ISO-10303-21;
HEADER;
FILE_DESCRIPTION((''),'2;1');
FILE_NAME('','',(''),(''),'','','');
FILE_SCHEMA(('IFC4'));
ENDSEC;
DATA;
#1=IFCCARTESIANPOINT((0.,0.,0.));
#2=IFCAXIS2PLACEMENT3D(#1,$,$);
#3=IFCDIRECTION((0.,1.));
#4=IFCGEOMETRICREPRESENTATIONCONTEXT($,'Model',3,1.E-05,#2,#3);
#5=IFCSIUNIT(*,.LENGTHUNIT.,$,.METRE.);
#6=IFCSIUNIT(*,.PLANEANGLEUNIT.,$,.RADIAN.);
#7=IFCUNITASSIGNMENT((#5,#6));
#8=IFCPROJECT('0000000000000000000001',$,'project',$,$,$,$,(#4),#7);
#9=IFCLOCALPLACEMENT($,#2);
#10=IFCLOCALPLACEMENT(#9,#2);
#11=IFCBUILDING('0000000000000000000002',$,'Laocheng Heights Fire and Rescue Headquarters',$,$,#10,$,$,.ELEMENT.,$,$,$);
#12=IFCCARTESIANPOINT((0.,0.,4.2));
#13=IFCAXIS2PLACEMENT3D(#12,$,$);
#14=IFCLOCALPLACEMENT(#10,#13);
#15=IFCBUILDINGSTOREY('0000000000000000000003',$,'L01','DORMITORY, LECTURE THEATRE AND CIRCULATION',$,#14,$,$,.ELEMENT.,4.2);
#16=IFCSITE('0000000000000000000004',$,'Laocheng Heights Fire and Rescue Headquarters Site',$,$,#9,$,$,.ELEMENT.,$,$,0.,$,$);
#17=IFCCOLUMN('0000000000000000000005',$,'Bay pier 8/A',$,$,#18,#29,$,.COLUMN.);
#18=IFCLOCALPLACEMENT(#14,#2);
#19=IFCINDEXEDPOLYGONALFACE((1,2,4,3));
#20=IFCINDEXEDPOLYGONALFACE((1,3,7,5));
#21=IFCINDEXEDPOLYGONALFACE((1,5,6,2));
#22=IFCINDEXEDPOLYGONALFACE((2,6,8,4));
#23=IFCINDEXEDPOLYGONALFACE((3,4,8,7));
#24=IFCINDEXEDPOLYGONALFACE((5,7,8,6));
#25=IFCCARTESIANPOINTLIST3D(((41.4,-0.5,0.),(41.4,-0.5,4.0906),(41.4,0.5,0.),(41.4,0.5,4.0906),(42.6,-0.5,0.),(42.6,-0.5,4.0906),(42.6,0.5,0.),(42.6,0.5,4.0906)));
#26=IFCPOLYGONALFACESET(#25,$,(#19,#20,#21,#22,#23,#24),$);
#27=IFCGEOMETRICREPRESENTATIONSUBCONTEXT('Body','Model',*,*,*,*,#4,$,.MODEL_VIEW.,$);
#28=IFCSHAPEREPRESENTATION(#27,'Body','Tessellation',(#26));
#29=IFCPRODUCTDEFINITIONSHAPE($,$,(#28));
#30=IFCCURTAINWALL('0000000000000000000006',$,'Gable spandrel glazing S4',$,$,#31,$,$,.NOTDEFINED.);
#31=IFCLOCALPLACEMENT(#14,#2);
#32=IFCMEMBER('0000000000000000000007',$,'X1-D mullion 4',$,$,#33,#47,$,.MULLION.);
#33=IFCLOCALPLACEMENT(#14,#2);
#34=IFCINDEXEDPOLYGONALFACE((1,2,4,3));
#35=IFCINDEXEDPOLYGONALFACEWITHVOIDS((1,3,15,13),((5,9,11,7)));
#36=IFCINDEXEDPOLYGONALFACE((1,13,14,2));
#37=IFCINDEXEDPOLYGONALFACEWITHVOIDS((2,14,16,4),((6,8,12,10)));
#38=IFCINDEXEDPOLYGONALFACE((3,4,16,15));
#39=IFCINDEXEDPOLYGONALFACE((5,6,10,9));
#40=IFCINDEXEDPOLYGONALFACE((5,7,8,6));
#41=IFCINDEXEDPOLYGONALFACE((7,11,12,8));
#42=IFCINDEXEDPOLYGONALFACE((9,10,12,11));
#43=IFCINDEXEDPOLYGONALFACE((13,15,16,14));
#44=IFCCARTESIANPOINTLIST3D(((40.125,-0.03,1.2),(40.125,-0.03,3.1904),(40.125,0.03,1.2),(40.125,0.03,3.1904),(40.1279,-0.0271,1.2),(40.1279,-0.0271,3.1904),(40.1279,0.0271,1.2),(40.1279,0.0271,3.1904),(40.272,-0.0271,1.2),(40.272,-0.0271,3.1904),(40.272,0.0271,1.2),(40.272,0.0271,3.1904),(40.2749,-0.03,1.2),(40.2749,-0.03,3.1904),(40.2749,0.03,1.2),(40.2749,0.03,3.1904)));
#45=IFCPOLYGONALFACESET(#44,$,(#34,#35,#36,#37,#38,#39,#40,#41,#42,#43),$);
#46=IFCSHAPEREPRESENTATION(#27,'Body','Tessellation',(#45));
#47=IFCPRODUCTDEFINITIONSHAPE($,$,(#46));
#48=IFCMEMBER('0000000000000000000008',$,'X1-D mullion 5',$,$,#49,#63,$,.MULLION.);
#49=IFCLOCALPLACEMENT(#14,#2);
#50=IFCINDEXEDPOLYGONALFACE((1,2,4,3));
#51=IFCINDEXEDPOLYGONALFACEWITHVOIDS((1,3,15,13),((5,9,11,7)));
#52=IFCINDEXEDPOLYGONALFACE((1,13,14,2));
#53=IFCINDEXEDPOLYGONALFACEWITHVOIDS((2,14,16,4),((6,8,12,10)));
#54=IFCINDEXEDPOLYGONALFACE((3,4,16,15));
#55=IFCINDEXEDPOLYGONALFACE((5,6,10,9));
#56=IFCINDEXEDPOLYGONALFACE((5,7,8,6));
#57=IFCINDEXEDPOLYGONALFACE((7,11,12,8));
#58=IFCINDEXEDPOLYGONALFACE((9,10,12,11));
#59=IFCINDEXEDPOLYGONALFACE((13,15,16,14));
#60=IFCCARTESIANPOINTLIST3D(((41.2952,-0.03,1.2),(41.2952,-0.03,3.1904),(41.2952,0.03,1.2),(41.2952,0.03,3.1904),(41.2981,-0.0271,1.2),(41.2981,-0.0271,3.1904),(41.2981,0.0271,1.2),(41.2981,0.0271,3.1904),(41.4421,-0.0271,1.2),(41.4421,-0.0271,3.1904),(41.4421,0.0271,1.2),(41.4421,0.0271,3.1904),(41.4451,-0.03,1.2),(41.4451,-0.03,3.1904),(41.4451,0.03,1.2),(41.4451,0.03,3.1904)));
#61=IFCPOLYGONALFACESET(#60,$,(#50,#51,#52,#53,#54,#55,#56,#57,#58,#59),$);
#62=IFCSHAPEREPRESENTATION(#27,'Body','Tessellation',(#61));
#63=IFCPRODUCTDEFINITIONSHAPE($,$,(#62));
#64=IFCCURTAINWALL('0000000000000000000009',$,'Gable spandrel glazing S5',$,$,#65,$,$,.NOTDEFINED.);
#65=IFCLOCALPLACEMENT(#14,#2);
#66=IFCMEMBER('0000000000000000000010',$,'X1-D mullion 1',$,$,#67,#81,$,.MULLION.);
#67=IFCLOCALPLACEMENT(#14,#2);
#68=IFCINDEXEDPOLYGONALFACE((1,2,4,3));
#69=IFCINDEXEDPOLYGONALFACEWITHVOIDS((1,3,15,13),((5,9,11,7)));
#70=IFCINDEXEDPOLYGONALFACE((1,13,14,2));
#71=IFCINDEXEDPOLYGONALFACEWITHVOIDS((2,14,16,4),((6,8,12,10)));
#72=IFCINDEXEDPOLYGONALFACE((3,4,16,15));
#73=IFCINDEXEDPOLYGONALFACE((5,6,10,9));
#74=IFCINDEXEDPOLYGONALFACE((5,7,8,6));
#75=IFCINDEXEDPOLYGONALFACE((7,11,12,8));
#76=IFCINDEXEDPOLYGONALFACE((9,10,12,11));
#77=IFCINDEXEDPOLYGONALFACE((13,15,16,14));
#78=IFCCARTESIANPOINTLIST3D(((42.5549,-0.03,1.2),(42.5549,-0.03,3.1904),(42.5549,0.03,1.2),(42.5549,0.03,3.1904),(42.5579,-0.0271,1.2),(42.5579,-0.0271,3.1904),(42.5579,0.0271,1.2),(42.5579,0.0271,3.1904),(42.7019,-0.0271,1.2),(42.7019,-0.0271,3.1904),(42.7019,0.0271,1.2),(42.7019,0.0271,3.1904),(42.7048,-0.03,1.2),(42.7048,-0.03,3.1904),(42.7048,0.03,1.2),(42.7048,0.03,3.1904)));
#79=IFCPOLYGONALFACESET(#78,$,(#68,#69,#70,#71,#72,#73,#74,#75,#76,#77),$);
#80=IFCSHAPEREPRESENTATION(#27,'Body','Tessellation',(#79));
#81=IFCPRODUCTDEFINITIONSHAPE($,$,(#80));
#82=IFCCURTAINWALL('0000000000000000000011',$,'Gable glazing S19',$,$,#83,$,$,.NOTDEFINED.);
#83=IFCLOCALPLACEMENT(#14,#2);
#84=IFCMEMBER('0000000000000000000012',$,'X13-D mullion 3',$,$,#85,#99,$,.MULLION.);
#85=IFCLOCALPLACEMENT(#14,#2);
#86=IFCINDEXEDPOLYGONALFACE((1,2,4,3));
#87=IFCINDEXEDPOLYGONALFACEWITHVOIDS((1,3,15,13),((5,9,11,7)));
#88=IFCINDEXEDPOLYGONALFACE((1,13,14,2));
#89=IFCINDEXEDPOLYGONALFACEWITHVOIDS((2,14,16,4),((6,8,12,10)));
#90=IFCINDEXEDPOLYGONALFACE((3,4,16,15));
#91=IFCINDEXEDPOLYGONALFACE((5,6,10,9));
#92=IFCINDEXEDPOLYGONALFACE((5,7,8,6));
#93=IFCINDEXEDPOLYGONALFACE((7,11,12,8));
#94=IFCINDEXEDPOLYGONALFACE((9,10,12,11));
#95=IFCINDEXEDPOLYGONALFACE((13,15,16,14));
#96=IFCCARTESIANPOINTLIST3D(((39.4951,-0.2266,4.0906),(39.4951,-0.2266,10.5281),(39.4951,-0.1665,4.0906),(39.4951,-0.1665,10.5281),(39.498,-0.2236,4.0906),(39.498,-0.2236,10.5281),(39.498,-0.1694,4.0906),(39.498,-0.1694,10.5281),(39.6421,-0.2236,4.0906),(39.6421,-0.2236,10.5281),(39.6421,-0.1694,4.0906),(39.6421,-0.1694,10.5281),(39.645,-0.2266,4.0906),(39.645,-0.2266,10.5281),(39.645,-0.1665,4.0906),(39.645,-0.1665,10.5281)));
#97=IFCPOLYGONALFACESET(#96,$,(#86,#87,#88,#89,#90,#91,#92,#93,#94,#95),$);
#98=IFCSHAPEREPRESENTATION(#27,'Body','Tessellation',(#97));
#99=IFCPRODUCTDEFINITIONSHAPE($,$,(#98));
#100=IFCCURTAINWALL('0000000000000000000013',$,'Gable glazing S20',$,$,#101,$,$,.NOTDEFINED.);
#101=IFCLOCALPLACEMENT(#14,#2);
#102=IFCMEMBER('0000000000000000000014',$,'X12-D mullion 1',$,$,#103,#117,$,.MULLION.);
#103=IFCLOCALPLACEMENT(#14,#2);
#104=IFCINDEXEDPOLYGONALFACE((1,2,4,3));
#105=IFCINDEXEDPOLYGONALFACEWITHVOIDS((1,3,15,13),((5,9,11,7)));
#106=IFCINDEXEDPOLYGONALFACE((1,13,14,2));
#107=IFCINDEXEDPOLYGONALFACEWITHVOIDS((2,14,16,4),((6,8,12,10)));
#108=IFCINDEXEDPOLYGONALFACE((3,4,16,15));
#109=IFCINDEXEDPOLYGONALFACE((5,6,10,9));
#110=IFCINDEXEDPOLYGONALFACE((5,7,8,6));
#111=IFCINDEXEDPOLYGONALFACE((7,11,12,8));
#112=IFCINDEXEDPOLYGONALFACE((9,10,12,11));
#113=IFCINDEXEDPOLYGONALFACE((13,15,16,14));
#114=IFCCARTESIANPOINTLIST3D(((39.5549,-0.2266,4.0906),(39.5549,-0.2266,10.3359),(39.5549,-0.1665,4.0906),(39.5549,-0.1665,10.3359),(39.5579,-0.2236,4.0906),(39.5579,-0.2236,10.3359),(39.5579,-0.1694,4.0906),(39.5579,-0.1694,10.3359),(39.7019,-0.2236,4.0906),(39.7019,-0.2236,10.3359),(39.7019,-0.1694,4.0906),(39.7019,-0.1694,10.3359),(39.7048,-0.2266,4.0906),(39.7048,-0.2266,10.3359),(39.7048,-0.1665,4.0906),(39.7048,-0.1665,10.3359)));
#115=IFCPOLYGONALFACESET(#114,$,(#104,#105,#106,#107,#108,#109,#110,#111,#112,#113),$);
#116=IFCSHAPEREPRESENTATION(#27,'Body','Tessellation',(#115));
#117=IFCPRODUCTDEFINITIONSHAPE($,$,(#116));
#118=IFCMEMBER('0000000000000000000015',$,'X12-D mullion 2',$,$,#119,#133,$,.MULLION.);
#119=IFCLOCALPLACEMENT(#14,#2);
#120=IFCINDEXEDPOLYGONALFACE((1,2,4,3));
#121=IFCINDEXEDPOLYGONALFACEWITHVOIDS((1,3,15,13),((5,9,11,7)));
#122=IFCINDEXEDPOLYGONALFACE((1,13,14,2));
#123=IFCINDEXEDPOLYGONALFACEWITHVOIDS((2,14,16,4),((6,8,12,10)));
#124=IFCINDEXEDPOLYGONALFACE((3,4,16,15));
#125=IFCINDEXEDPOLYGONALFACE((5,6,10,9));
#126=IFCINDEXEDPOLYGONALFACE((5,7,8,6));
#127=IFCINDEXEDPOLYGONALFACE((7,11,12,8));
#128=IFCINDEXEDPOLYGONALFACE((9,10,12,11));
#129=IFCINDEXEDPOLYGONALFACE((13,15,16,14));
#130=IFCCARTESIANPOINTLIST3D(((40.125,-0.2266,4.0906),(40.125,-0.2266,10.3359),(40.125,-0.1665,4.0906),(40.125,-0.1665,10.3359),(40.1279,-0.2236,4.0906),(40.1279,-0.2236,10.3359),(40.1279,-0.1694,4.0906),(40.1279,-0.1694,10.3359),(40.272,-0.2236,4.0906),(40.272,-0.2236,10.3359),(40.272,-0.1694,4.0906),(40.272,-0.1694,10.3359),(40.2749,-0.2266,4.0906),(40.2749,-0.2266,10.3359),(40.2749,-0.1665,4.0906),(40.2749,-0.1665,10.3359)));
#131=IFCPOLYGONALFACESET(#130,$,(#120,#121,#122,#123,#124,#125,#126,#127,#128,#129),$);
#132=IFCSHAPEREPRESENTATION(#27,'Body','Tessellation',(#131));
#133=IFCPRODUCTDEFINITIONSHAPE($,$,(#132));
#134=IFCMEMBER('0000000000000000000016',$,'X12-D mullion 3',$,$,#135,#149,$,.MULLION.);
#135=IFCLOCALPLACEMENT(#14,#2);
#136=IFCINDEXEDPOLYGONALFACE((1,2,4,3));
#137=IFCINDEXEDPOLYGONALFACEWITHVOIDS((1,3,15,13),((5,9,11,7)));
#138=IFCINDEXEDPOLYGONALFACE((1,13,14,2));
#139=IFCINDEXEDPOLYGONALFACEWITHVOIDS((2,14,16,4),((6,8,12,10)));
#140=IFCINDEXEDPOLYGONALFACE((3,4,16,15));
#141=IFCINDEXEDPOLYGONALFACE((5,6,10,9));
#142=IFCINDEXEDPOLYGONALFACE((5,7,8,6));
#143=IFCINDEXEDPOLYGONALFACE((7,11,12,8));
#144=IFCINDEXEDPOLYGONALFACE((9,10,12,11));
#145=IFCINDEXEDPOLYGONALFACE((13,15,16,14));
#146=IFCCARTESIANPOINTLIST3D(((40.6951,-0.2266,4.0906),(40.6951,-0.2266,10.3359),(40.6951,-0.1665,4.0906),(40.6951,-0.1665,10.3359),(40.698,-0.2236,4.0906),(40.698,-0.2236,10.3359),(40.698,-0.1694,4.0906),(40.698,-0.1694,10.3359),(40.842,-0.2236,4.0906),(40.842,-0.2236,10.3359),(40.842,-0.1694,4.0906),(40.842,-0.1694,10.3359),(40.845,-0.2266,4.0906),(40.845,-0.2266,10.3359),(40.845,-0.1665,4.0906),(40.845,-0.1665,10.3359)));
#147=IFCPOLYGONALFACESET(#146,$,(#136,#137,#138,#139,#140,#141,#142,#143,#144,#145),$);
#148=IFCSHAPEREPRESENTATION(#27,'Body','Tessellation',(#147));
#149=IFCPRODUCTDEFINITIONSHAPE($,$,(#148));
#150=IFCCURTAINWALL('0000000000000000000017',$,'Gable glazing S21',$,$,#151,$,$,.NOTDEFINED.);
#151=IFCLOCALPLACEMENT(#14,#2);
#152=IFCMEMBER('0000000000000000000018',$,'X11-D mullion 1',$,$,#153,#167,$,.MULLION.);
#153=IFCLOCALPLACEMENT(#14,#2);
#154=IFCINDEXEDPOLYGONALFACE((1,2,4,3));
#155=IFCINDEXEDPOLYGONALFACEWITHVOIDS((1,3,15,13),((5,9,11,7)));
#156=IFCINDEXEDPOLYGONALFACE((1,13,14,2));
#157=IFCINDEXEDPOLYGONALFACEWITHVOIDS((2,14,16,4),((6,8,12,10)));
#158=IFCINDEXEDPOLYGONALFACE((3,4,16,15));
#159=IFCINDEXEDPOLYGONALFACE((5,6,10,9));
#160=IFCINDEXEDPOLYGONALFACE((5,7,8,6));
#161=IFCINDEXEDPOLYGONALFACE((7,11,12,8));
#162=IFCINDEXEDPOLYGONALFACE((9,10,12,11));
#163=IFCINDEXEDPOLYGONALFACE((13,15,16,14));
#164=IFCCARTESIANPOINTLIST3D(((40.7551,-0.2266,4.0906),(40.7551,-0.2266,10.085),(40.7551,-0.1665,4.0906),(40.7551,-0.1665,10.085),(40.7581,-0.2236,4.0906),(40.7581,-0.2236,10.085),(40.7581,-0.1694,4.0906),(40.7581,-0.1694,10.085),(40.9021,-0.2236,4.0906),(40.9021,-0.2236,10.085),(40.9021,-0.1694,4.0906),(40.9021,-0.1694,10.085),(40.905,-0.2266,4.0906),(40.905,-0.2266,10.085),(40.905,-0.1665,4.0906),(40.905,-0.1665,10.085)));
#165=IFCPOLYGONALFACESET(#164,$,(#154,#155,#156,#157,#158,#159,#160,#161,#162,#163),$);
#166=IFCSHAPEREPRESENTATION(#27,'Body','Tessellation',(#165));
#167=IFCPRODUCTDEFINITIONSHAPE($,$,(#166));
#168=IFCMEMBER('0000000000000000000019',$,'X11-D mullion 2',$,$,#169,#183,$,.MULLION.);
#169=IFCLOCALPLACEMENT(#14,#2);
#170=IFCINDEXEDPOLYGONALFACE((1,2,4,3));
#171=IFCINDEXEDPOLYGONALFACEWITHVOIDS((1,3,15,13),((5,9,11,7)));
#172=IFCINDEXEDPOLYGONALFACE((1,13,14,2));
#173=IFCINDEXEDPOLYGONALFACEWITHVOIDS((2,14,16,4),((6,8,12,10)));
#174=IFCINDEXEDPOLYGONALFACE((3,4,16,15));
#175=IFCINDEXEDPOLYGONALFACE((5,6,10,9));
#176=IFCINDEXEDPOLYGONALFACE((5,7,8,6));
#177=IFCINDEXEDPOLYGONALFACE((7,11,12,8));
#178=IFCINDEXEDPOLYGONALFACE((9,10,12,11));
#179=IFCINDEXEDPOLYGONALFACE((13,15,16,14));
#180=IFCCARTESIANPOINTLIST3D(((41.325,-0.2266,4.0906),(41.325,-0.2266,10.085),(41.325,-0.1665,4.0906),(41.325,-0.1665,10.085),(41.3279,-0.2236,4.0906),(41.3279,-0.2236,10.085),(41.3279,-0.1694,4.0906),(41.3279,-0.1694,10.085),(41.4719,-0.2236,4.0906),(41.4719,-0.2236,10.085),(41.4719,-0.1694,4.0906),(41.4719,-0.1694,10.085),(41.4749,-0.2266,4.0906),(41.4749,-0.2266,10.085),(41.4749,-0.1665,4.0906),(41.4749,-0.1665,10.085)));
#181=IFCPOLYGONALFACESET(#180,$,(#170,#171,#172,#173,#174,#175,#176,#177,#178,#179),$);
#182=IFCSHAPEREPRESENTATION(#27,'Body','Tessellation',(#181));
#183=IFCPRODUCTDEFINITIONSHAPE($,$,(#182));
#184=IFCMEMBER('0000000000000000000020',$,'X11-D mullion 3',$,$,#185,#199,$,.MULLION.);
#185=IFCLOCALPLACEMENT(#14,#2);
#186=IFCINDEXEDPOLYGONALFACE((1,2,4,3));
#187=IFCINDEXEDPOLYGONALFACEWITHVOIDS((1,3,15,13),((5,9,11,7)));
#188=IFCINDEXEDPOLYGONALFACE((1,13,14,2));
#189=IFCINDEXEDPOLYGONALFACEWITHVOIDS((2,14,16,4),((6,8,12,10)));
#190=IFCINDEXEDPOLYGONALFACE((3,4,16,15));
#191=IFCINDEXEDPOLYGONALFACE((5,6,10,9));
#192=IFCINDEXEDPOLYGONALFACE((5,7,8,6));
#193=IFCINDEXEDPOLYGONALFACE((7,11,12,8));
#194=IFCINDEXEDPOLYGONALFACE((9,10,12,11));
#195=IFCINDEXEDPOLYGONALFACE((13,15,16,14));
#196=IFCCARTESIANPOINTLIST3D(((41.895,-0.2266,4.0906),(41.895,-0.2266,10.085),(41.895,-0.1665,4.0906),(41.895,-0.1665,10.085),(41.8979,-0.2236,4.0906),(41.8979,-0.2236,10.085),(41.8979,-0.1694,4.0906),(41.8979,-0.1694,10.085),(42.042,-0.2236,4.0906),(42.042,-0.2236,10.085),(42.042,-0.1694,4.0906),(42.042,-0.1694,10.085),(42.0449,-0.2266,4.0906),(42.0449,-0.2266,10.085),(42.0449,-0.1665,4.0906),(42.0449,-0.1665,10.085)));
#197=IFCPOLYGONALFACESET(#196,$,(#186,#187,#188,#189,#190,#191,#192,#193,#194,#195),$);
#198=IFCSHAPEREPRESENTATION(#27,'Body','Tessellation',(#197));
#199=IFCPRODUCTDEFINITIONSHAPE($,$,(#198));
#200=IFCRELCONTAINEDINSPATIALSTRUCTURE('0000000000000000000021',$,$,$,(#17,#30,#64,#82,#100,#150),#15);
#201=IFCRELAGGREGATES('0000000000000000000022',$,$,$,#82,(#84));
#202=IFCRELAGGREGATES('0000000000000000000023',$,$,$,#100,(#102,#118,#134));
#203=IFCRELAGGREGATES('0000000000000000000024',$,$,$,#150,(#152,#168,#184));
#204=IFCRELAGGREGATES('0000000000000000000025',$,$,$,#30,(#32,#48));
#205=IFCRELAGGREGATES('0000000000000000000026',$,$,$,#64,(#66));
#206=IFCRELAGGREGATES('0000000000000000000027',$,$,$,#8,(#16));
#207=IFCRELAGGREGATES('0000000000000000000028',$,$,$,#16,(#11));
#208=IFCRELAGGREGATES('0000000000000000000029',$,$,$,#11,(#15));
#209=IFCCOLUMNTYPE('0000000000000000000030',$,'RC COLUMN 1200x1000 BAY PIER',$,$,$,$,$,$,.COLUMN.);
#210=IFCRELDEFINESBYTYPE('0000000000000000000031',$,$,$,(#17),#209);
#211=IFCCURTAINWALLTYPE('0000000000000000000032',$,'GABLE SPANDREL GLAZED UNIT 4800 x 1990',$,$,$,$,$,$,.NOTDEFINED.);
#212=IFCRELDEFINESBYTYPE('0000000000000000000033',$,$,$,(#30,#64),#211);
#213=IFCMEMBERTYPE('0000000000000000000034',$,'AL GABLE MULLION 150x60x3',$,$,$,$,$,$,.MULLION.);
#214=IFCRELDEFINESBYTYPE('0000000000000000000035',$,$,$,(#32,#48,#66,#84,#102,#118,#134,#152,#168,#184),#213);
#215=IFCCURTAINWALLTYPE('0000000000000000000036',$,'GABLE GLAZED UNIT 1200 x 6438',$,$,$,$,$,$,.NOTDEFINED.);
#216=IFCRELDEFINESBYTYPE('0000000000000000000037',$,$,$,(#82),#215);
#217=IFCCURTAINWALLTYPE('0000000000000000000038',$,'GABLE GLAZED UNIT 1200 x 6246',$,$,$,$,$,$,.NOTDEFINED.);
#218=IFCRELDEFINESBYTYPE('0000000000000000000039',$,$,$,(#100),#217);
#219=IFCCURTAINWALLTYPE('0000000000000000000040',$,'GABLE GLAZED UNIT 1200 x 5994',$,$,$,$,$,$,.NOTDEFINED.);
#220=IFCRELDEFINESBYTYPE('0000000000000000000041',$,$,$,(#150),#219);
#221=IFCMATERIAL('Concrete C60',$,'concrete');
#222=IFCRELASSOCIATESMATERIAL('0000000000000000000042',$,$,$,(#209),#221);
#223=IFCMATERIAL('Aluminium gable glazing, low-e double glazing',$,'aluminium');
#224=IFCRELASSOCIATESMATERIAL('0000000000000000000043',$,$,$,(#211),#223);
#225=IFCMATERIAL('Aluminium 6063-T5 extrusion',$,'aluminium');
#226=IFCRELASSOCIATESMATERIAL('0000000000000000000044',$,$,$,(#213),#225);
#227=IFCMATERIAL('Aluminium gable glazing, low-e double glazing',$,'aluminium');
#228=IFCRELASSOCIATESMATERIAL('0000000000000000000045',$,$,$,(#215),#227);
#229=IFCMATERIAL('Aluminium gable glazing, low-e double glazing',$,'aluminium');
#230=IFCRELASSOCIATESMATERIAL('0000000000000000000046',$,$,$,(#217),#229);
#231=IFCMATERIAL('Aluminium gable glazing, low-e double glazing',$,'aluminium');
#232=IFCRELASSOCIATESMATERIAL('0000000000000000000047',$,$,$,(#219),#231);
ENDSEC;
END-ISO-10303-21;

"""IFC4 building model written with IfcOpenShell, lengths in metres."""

from ifc_helpers import new_model, si_unit, direction, frame, origin, origin_2d, place, context, subcontext, project, spatial, rectangle, hollow_rectangle, extrude, material, material_profile, profile_set, type_object, element, aggregate, save


model = new_model("IFC4")

# Units and contexts
model_context = context("Model", 3, precision=1e-05, world=origin(), true_north=direction((0.0, 1.0)))
body_context = subcontext(model_context, "Body", "Model", "MODEL_VIEW")
ifc_project = project(units=[si_unit("LENGTHUNIT", "METRE"), si_unit("PLANEANGLEUNIT", "RADIAN")], contexts=[model_context])

# Site, building, storey
site_placement = place(None, origin())
site = spatial("IfcSite", under=ifc_project, at=site_placement, Name="Laocheng Heights Fire and Rescue Headquarters Site", CompositionType="ELEMENT", RefElevation=0.0)
building_placement = place(site_placement, origin())
building = spatial("IfcBuilding", under=site, at=building_placement, Name="Laocheng Heights Fire and Rescue Headquarters", CompositionType="ELEMENT")
storey_placement = place(building_placement, frame((0.0, 0.0, 4.2)))
storey = spatial("IfcBuildingStorey", under=building, at=storey_placement, Name="L01", Description="DORMITORY, LECTURE THEATRE AND CIRCULATION", CompositionType="ELEMENT", Elevation=4.2)

# Column
ifc_material_1 = material(Name="Concrete C60", Category="concrete")
ifc_material_profile_1 = material_profile(ifc_material_1, rectangle(XDim=1.2, YDim=1.0, at=origin_2d()), Name="RC COLUMN 1200x1000 BAY PIER")
ifc_profile_set_1 = profile_set([ifc_material_profile_1], Name="Concrete C60")
column_type = type_object("IfcColumnType", Name="RC COLUMN 1200x1000 BAY PIER", PredefinedType="COLUMN", material=ifc_profile_set_1)
column_placement = place(storey_placement, frame((42.0, 0.0, 0.0), z_axis=(0.0, 0.0, 1.0), x_axis=(1.0, 0.0, 0.0)))
element("IfcColumn", 1, at=column_placement, inside=storey, type_object=column_type, Name="Bay pier 8/A", PredefinedType="COLUMN", context=body_context, shape_type="SweptSolid", body=[
    extrude(rectangle(XDim=1.2, YDim=1.0, at=origin_2d()), origin(), (0.0, 0.0, 1.0), 4.0906),
])

# Curtain wall, members
ifc_material_2 = material(Name="Aluminium gable glazing, low-e double glazing", Category="aluminium")
curtain_wall_type_1 = type_object("IfcCurtainWallType", Name="GABLE SPANDREL GLAZED UNIT 4800 x 1990", PredefinedType="NOTDEFINED", material=ifc_material_2)
curtain_wall_1_placement = place(storey_placement, origin())
curtain_wall_1 = element("IfcCurtainWall", 2, at=curtain_wall_1_placement, inside=storey, type_object=curtain_wall_type_1, Name="Gable spandrel glazing S4", PredefinedType="NOTDEFINED")
ifc_material_3 = material(Name="Aluminium 6063-T5 extrusion", Category="aluminium")
ifc_material_profile_2 = material_profile(ifc_material_3, hollow_rectangle(XDim=0.0601, YDim=0.1499, WallThickness=0.0029, at=origin_2d()), Name="AL MULLION 150x60x3")
ifc_profile_set_2 = profile_set([ifc_material_profile_2], Name="Aluminium 6063-T5 extrusion")
member_type_1 = type_object("IfcMemberType", Name="AL GABLE MULLION 150x60x3", PredefinedType="MULLION", material=ifc_profile_set_2)
member_1_placement = place(storey_placement, frame((40.2, 0.0, 1.2), z_axis=(0.0, 0.0, 1.0), x_axis=(0.0, 1.0, 0.0)))
member_1 = element("IfcMember", 3, at=member_1_placement, type_object=member_type_1, Name="X1-D mullion 4", PredefinedType="MULLION", context=body_context, shape_type="SweptSolid", body=[
    extrude(hollow_rectangle(XDim=0.0601, YDim=0.1499, WallThickness=0.0029, at=origin_2d()), origin(), (0.0, 0.0, 1.0), 1.9905),
])
member_2_placement = place(storey_placement, frame((41.3701, 0.0, 1.2), z_axis=(0.0, 0.0, 1.0), x_axis=(0.0, 1.0, 0.0)))
member_2 = element("IfcMember", 4, at=member_2_placement, type_object=member_type_1, Name="X1-D mullion 5", PredefinedType="MULLION", context=body_context, shape_type="SweptSolid", body=[
    extrude(hollow_rectangle(XDim=0.0601, YDim=0.1499, WallThickness=0.0029, at=origin_2d()), origin(), (0.0, 0.0, 1.0), 1.9905),
])

# Curtain walls, members
curtain_wall_2_placement = place(storey_placement, origin())
curtain_wall_2 = element("IfcCurtainWall", 5, at=curtain_wall_2_placement, inside=storey, type_object=curtain_wall_type_1, Name="Gable spandrel glazing S5", PredefinedType="NOTDEFINED")
member_3_placement = place(storey_placement, frame((42.6299, 0.0, 1.2), z_axis=(0.0, 0.0, 1.0), x_axis=(0.0, 1.0, 0.0)))
member_3 = element("IfcMember", 6, at=member_3_placement, type_object=member_type_1, Name="X1-D mullion 1", PredefinedType="MULLION", context=body_context, shape_type="SweptSolid", body=[
    extrude(hollow_rectangle(XDim=0.0601, YDim=0.1499, WallThickness=0.0029, at=origin_2d()), origin(), (0.0, 0.0, 1.0), 1.9905),
])
ifc_material_4 = material(Name="Aluminium gable glazing, low-e double glazing", Category="aluminium")
curtain_wall_type_2 = type_object("IfcCurtainWallType", Name="GABLE GLAZED UNIT 1200 x 6438", PredefinedType="NOTDEFINED", material=ifc_material_4)
curtain_wall_3_placement = place(storey_placement, origin())
curtain_wall_3 = element("IfcCurtainWall", 7, at=curtain_wall_3_placement, inside=storey, type_object=curtain_wall_type_2, Name="Gable glazing S19", PredefinedType="NOTDEFINED")
member_4_placement = place(storey_placement, frame((39.5701, -0.1965, 4.0906), z_axis=(0.0, 0.0, 1.0), x_axis=(0.0, 1.0, 0.0)))
member_4 = element("IfcMember", 8, at=member_4_placement, type_object=member_type_1, Name="X13-D mullion 3", PredefinedType="MULLION", context=body_context, shape_type="SweptSolid", body=[
    extrude(hollow_rectangle(XDim=0.0601, YDim=0.1499, WallThickness=0.0029, at=origin_2d()), origin(), (0.0, 0.0, 1.0), 6.4375),
])
aggregate(curtain_wall_3, [member_4])

# Curtain walls, members
ifc_material_5 = material(Name="Aluminium gable glazing, low-e double glazing", Category="aluminium")
curtain_wall_type_3 = type_object("IfcCurtainWallType", Name="GABLE GLAZED UNIT 1200 x 6246", PredefinedType="NOTDEFINED", material=ifc_material_5)
curtain_wall_4_placement = place(storey_placement, origin())
curtain_wall_4 = element("IfcCurtainWall", 9, at=curtain_wall_4_placement, inside=storey, type_object=curtain_wall_type_3, Name="Gable glazing S20", PredefinedType="NOTDEFINED")
member_5_placement = place(storey_placement, frame((39.6299, -0.1965, 4.0906), z_axis=(0.0, 0.0, 1.0), x_axis=(0.0, 1.0, 0.0)))
member_5 = element("IfcMember", 10, at=member_5_placement, type_object=member_type_1, Name="X12-D mullion 1", PredefinedType="MULLION", context=body_context, shape_type="SweptSolid", body=[
    extrude(hollow_rectangle(XDim=0.0601, YDim=0.1499, WallThickness=0.0029, at=origin_2d()), origin(), (0.0, 0.0, 1.0), 6.2454),
])
member_6_placement = place(storey_placement, frame((40.2, -0.1965, 4.0906), z_axis=(0.0, 0.0, 1.0), x_axis=(0.0, 1.0, 0.0)))
member_6 = element("IfcMember", 11, at=member_6_placement, type_object=member_type_1, Name="X12-D mullion 2", PredefinedType="MULLION", context=body_context, shape_type="SweptSolid", body=[
    extrude(hollow_rectangle(XDim=0.0601, YDim=0.1499, WallThickness=0.0029, at=origin_2d()), origin(), (0.0, 0.0, 1.0), 6.2454),
])
member_7_placement = place(storey_placement, frame((40.77, -0.1965, 4.0906), z_axis=(0.0, 0.0, 1.0), x_axis=(0.0, 1.0, 0.0)))
member_7 = element("IfcMember", 12, at=member_7_placement, type_object=member_type_1, Name="X12-D mullion 3", PredefinedType="MULLION", context=body_context, shape_type="SweptSolid", body=[
    extrude(hollow_rectangle(XDim=0.0601, YDim=0.1499, WallThickness=0.0029, at=origin_2d()), origin(), (0.0, 0.0, 1.0), 6.2454),
])
aggregate(curtain_wall_4, [member_5, member_6, member_7])
ifc_material_6 = material(Name="Aluminium gable glazing, low-e double glazing", Category="aluminium")
curtain_wall_type_4 = type_object("IfcCurtainWallType", Name="GABLE GLAZED UNIT 1200 x 5994", PredefinedType="NOTDEFINED", material=ifc_material_6)
curtain_wall_5_placement = place(storey_placement, origin())
curtain_wall_5 = element("IfcCurtainWall", 13, at=curtain_wall_5_placement, inside=storey, type_object=curtain_wall_type_4, Name="Gable glazing S21", PredefinedType="NOTDEFINED")
member_8_placement = place(storey_placement, frame((40.8301, -0.1965, 4.0906), z_axis=(0.0, 0.0, 1.0), x_axis=(0.0, 1.0, 0.0)))
member_8 = element("IfcMember", 14, at=member_8_placement, type_object=member_type_1, Name="X11-D mullion 1", PredefinedType="MULLION", context=body_context, shape_type="SweptSolid", body=[
    extrude(hollow_rectangle(XDim=0.0601, YDim=0.1499, WallThickness=0.0029, at=origin_2d()), origin(), (0.0, 0.0, 1.0), 5.9944),
])
member_9_placement = place(storey_placement, frame((41.3999, -0.1965, 4.0906), z_axis=(0.0, 0.0, 1.0), x_axis=(0.0, 1.0, 0.0)))
member_9 = element("IfcMember", 15, at=member_9_placement, type_object=member_type_1, Name="X11-D mullion 2", PredefinedType="MULLION", context=body_context, shape_type="SweptSolid", body=[
    extrude(hollow_rectangle(XDim=0.0601, YDim=0.1499, WallThickness=0.0029, at=origin_2d()), origin(), (0.0, 0.0, 1.0), 5.9944),
])
member_10_placement = place(storey_placement, frame((41.97, -0.1965, 4.0906), z_axis=(0.0, 0.0, 1.0), x_axis=(0.0, 1.0, 0.0)))
member_10 = element("IfcMember", 16, at=member_10_placement, type_object=member_type_1, Name="X11-D mullion 3", PredefinedType="MULLION", context=body_context, shape_type="SweptSolid", body=[
    extrude(hollow_rectangle(XDim=0.0601, YDim=0.1499, WallThickness=0.0029, at=origin_2d()), origin(), (0.0, 0.0, 1.0), 5.9944),
])
aggregate(curtain_wall_5, [member_8, member_9, member_10])

aggregate(curtain_wall_1, [member_1, member_2])
aggregate(curtain_wall_2, [member_3])

save(model, "model.ifc")
